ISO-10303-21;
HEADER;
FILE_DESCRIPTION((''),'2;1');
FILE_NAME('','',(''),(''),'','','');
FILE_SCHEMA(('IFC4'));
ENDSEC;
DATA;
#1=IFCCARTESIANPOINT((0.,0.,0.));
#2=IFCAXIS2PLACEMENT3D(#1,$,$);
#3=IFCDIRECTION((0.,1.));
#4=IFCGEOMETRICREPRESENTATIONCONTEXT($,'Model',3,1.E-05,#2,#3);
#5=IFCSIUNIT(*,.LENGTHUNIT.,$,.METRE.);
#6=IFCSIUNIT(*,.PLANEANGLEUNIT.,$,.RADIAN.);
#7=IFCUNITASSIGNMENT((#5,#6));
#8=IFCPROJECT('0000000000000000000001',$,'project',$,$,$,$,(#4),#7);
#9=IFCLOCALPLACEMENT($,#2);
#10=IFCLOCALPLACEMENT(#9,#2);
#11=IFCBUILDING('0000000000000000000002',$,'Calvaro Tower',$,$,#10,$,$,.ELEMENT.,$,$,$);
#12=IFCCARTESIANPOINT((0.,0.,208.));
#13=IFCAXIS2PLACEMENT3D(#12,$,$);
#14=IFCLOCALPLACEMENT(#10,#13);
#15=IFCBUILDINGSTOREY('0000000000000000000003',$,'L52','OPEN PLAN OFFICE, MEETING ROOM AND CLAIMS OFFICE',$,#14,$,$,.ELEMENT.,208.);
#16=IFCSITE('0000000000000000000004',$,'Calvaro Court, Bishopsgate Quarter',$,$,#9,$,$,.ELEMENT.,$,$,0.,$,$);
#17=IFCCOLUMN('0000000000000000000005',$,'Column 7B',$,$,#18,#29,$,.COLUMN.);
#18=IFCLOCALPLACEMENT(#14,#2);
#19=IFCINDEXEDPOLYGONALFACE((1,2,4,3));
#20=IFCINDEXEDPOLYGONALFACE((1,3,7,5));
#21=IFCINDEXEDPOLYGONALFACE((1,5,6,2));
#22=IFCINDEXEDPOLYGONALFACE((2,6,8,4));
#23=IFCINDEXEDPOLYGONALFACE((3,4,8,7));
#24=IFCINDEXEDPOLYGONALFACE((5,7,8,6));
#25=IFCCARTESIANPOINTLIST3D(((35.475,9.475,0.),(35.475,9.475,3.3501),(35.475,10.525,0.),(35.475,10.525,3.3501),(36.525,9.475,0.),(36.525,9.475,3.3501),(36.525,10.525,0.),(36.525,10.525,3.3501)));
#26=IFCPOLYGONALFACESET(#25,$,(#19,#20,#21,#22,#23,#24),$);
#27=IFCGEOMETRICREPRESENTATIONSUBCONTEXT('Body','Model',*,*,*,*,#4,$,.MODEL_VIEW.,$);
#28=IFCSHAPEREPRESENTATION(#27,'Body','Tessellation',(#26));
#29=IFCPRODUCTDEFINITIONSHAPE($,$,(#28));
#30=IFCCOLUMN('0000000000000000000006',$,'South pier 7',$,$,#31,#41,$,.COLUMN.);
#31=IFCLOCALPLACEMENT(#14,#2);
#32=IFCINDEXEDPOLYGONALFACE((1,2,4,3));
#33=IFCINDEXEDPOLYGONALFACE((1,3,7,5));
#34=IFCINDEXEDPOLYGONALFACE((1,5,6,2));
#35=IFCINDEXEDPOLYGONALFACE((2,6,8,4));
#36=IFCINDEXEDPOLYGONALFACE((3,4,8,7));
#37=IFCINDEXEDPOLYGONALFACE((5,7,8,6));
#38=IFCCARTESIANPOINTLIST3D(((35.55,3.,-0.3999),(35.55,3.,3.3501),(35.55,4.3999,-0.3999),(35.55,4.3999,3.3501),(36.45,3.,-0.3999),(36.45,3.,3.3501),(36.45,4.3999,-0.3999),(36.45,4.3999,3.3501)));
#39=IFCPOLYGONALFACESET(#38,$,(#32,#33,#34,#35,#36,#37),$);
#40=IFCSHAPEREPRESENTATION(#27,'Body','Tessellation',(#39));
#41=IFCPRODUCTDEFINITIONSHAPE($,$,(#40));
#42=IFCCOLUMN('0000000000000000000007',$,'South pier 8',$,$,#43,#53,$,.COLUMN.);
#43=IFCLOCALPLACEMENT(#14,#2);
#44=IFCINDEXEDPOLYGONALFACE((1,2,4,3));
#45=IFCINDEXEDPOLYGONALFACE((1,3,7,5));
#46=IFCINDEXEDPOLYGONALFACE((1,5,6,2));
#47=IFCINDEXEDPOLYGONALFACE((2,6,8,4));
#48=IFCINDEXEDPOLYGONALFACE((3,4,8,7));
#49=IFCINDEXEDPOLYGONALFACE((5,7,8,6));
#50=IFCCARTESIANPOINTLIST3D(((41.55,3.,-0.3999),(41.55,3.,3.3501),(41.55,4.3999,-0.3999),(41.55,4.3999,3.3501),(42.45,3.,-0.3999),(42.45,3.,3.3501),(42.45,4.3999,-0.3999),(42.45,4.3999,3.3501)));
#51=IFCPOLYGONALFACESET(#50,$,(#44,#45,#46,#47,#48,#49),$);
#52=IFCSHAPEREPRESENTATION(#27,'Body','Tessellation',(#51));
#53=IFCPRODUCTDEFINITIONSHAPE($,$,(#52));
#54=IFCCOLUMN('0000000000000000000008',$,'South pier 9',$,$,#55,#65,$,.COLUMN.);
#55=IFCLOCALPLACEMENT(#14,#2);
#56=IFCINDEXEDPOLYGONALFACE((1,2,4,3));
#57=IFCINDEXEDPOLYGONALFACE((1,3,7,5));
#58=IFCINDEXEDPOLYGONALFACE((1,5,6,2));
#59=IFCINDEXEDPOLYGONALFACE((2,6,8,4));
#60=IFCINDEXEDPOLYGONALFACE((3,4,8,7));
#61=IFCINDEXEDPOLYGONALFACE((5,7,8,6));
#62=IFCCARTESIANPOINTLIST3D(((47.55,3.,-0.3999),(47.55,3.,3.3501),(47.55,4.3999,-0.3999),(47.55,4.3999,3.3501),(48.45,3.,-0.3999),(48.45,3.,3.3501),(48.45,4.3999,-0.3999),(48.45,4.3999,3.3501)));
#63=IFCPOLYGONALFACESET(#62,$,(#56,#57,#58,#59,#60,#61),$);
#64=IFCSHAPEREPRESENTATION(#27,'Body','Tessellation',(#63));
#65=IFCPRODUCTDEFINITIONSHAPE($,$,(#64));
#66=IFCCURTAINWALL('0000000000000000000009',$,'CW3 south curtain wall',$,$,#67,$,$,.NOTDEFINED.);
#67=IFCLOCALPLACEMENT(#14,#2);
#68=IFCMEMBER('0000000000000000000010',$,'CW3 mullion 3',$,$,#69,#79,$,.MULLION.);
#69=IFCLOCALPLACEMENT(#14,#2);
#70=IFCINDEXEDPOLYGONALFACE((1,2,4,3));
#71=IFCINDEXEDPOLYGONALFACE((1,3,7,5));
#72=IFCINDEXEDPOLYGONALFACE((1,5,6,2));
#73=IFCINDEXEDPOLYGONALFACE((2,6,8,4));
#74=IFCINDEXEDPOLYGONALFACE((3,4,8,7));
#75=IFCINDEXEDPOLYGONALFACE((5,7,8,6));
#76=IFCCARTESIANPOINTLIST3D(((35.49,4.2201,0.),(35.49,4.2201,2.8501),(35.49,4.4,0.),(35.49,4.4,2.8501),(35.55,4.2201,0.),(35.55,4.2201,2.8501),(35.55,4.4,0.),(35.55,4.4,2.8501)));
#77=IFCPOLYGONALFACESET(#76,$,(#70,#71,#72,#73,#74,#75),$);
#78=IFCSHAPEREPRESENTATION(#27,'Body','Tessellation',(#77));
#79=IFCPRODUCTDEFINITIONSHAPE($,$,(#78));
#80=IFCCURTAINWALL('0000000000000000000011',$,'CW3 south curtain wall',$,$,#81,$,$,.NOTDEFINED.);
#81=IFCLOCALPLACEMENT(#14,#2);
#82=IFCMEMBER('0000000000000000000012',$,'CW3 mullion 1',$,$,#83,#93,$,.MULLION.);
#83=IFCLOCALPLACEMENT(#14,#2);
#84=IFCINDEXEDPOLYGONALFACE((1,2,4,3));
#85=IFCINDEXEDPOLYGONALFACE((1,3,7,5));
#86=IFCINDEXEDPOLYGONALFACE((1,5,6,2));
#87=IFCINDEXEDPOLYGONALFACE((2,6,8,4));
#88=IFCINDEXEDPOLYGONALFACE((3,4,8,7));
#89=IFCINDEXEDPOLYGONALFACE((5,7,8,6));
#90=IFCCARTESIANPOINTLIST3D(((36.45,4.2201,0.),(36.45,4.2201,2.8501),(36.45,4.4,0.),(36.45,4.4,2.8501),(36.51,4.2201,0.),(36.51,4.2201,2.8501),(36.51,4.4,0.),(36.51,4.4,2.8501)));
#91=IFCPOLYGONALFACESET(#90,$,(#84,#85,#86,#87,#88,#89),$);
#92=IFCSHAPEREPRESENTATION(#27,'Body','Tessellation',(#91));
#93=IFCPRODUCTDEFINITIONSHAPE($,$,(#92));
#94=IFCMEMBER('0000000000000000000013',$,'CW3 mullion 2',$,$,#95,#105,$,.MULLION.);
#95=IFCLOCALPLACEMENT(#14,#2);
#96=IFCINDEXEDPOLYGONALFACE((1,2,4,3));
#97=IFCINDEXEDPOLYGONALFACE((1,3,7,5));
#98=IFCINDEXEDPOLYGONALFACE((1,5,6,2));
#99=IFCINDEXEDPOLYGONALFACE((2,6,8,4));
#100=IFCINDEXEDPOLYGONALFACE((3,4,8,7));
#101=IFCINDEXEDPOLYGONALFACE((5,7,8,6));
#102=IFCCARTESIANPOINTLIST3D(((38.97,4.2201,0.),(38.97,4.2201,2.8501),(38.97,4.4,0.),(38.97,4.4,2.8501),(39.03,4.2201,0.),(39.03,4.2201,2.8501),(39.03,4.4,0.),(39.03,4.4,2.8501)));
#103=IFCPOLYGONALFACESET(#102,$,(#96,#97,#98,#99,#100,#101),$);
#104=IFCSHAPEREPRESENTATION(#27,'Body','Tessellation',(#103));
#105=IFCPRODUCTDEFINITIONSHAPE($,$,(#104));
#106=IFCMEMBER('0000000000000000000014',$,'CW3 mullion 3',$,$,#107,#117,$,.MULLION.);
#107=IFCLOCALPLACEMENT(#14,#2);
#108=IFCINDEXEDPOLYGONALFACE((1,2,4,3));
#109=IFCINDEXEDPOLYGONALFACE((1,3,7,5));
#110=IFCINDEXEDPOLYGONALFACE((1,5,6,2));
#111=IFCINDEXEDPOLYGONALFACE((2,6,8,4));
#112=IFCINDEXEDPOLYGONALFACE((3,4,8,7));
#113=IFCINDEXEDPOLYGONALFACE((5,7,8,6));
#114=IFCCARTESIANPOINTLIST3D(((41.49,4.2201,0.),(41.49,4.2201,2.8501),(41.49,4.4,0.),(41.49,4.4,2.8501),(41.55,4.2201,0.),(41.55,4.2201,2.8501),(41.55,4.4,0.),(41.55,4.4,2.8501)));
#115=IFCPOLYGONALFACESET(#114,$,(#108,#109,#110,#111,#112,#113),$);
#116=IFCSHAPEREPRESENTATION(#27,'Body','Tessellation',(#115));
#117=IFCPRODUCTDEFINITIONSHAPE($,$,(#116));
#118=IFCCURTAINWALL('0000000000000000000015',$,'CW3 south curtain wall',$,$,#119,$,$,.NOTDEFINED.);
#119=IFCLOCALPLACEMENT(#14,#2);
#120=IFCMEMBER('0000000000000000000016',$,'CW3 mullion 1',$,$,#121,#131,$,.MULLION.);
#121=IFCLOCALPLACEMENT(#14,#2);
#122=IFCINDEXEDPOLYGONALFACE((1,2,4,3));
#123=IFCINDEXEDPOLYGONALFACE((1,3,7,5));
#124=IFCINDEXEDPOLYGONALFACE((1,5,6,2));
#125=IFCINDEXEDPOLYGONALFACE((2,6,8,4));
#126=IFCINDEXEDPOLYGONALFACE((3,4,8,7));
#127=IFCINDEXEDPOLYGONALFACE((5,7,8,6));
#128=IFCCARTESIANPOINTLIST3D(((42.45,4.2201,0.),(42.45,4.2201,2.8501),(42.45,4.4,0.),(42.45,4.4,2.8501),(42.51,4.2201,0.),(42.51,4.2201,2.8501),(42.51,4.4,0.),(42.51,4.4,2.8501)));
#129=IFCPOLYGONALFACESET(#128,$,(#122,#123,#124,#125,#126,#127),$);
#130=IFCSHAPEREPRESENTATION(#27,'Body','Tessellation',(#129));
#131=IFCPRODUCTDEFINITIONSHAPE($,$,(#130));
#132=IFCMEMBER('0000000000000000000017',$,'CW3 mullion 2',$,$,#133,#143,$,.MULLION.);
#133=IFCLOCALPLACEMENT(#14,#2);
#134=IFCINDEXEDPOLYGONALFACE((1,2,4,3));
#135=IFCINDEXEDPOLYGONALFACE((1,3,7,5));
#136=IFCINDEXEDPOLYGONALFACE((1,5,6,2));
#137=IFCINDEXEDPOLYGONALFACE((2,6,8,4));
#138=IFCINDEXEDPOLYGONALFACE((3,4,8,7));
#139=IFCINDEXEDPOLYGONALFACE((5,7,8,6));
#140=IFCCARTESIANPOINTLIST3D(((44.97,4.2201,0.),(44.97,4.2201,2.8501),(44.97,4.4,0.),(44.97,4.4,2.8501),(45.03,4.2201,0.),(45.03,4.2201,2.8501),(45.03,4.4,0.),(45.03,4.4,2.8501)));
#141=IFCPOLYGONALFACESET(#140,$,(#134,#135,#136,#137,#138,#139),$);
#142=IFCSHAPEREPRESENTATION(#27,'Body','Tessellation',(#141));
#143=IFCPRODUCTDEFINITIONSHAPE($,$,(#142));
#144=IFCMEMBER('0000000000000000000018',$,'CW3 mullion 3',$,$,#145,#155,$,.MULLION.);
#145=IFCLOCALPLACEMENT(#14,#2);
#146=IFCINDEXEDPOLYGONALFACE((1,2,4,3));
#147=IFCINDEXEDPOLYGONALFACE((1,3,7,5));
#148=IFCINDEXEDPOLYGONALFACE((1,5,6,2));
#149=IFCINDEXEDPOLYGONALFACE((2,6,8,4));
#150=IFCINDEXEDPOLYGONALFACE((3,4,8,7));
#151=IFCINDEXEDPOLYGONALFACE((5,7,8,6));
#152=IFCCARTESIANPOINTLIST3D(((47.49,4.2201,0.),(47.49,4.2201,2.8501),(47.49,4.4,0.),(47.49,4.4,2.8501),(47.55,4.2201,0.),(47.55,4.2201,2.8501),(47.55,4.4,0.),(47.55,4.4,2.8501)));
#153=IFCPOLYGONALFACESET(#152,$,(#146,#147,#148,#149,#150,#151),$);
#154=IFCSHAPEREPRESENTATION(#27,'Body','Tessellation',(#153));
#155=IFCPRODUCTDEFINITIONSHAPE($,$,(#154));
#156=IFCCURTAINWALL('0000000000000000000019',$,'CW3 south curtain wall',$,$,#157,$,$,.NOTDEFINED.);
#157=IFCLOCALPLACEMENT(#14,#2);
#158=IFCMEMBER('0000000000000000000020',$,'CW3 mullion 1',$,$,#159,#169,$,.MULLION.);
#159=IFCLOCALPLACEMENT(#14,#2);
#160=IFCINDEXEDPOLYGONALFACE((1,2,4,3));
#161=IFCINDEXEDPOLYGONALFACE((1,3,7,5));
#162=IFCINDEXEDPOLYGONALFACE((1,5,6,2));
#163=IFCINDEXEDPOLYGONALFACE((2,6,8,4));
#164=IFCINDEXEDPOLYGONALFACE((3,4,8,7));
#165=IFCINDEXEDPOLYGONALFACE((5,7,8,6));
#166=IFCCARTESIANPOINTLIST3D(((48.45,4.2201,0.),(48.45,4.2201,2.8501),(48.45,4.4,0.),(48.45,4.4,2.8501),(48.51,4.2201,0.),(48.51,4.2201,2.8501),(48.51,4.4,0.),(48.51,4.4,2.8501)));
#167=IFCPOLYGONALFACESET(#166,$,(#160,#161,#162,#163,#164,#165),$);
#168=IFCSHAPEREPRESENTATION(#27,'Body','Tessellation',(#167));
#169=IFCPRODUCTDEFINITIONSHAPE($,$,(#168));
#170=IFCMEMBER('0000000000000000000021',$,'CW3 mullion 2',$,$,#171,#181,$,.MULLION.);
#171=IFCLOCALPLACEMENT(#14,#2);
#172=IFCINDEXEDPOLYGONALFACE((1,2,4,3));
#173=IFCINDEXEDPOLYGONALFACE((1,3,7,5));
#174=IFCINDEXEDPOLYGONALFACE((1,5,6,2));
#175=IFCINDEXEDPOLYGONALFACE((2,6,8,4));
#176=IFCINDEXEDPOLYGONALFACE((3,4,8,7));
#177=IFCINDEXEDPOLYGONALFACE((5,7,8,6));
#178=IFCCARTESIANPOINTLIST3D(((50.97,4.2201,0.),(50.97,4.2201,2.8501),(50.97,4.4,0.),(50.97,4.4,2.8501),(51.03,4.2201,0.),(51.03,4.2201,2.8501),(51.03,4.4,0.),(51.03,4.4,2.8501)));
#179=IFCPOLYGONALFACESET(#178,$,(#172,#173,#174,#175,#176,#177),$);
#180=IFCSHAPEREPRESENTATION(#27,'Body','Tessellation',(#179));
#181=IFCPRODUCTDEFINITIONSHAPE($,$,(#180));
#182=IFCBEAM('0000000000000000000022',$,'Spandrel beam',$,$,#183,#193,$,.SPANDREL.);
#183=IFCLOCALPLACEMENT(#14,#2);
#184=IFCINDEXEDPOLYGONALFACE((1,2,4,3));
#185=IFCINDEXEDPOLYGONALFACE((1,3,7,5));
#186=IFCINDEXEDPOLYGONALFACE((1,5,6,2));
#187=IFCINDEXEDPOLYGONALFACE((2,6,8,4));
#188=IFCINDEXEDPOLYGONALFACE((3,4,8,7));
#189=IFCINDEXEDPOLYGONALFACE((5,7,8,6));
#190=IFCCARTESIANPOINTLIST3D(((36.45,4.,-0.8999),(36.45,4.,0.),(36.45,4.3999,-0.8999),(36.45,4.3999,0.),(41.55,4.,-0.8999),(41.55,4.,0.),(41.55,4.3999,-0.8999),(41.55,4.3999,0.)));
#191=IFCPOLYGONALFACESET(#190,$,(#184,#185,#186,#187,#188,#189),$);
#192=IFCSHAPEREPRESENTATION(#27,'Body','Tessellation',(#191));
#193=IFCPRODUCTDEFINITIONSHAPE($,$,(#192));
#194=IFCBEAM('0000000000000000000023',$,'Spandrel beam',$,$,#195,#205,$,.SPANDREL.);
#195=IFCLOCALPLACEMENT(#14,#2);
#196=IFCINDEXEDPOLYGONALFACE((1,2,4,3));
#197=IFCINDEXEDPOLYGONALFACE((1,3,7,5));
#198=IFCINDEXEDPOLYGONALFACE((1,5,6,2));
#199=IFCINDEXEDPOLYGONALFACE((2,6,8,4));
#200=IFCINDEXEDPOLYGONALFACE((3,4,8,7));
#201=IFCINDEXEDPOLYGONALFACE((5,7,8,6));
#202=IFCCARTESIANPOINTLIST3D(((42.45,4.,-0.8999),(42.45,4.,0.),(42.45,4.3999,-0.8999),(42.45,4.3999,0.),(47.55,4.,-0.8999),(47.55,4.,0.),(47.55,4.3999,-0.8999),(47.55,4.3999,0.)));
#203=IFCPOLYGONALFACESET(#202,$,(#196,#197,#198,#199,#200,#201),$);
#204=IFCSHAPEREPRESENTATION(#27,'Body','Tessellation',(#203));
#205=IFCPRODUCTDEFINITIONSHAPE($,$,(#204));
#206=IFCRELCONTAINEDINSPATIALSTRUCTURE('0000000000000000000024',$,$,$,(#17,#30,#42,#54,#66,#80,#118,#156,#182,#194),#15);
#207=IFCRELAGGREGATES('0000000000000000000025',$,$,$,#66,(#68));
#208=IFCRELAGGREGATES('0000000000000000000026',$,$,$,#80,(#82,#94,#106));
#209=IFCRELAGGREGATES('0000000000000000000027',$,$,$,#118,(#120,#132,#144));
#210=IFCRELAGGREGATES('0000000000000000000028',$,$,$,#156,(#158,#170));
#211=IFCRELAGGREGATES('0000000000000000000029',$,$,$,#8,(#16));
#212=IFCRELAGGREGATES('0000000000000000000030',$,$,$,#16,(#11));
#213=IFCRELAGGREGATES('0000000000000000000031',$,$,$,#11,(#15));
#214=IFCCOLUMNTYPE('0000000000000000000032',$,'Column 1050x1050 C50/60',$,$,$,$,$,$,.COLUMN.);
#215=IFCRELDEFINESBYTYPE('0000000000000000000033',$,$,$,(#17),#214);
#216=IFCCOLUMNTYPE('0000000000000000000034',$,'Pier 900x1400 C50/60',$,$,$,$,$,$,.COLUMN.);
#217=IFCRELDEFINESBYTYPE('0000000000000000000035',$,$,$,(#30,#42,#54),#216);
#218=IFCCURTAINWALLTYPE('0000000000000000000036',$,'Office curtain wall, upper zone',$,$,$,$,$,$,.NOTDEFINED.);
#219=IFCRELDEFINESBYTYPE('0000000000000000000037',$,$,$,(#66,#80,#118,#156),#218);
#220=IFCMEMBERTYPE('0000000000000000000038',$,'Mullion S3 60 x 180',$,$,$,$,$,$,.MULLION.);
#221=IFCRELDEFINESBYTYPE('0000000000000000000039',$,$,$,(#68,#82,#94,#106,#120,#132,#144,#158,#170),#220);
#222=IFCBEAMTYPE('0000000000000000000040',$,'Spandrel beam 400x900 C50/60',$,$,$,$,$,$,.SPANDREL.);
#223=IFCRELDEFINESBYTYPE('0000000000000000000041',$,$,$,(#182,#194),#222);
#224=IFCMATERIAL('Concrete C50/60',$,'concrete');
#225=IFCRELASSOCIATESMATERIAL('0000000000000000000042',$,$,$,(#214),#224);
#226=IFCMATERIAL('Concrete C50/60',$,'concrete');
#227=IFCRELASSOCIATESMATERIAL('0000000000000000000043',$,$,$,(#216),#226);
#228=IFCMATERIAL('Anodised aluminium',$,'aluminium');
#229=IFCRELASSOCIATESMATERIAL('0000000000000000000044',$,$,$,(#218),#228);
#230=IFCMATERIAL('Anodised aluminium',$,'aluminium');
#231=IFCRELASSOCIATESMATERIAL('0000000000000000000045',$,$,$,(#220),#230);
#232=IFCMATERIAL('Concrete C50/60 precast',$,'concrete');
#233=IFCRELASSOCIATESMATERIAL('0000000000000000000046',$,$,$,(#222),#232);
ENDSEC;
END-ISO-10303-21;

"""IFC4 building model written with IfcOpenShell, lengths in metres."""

from ifc_helpers import new_model, si_unit, direction, frame, origin, origin_2d, place, context, subcontext, project, spatial, rectangle, extrude, material, material_profile, profile_set, type_object, element, aggregate, save


model = new_model("IFC4")

# Units and contexts
model_context = context("Model", 3, precision=1e-05, world=origin(), true_north=direction((0.0, 1.0)))
body_context = subcontext(model_context, "Body", "Model", "MODEL_VIEW")
ifc_project = project(units=[si_unit("LENGTHUNIT", "METRE"), si_unit("PLANEANGLEUNIT", "RADIAN")], contexts=[model_context])

# Site, building, storey
site_placement = place(None, origin())
site = spatial("IfcSite", under=ifc_project, at=site_placement, Name="Calvaro Court, Bishopsgate Quarter", CompositionType="ELEMENT", RefElevation=0.0)
building_placement = place(site_placement, origin())
building = spatial("IfcBuilding", under=site, at=building_placement, Name="Calvaro Tower", CompositionType="ELEMENT")
storey_placement = place(building_placement, frame((0.0, 0.0, 208.0)))
storey = spatial("IfcBuildingStorey", under=building, at=storey_placement, Name="L52", Description="OPEN PLAN OFFICE, MEETING ROOM AND CLAIMS OFFICE", CompositionType="ELEMENT", Elevation=208.0)

# Columns
ifc_material_1 = material(Name="Concrete C50/60", Category="concrete")
ifc_material_profile_1 = material_profile(ifc_material_1, rectangle(XDim=1.05, YDim=1.05, at=origin_2d()), Name="RC 1050x1050")
ifc_profile_set_1 = profile_set([ifc_material_profile_1], Name="Concrete C50/60")
column_type_1 = type_object("IfcColumnType", Name="Column 1050x1050 C50/60", PredefinedType="COLUMN", material=ifc_profile_set_1)
column_placement = place(storey_placement, frame((36.0, 10.0, 0.0), z_axis=(0.0, 0.0, 1.0), x_axis=(1.0, 0.0, 0.0)))
element("IfcColumn", 1, at=column_placement, inside=storey, type_object=column_type_1, Name="Column 7B", PredefinedType="COLUMN", context=body_context, shape_type="SweptSolid", body=[
    extrude(rectangle(XDim=1.05, YDim=1.05, at=origin_2d()), origin(), (0.0, 0.0, 1.0), 3.3501),
])
ifc_material_2 = material(Name="Concrete C50/60", Category="concrete")
ifc_material_profile_2 = material_profile(ifc_material_2, rectangle(XDim=0.8999, YDim=1.3999, at=origin_2d()), Name="RC 900x1400")
ifc_profile_set_2 = profile_set([ifc_material_profile_2], Name="Concrete C50/60")
column_type_2 = type_object("IfcColumnType", Name="Pier 900x1400 C50/60", PredefinedType="COLUMN", material=ifc_profile_set_2)
for number, where, z_axis, x_axis, name in (
    (2, (36.0, 3.7, -0.3999), (0.0, 0.0, 1.0), (1.0, 0.0, 0.0), "South pier 7"),
    (3, (42.0, 3.7, -0.3999), (0.0, 0.0, 1.0), (1.0, 0.0, 0.0), "South pier 8"),
    (4, (48.0, 3.7, -0.3999), (0.0, 0.0, 1.0), (1.0, 0.0, 0.0), "South pier 9"),
):
    element("IfcColumn", number, at=place(storey_placement, frame(where, z_axis=z_axis, x_axis=x_axis)), inside=storey, type_object=column_type_2, Name=name, PredefinedType="COLUMN", context=body_context, shape_type="SweptSolid", body=[
        extrude(rectangle(XDim=0.8999, YDim=1.3999, at=origin_2d()), origin(), (0.0, 0.0, 1.0), 3.75),
    ])

# Curtain wall, member
ifc_material_3 = material(Name="Anodised aluminium", Category="aluminium")
curtain_wall_type = type_object("IfcCurtainWallType", Name="Office curtain wall, upper zone", PredefinedType="NOTDEFINED", material=ifc_material_3)
curtain_wall_1_placement = place(storey_placement, origin())
curtain_wall_1 = element("IfcCurtainWall", 5, at=curtain_wall_1_placement, inside=storey, type_object=curtain_wall_type, Name="CW3 south curtain wall", PredefinedType="NOTDEFINED")
ifc_material_4 = material(Name="Anodised aluminium", Category="aluminium")
ifc_material_profile_3 = material_profile(ifc_material_4, rectangle(XDim=0.1799, YDim=0.0601, at=origin_2d()), Name="Mullion S3 60 x 180")
ifc_profile_set_3 = profile_set([ifc_material_profile_3], Name="Anodised aluminium")
member_type_1 = type_object("IfcMemberType", Name="Mullion S3 60 x 180", PredefinedType="MULLION", material=ifc_profile_set_3)
member_1_placement = place(storey_placement, frame((35.52, 4.3101, 0.0), z_axis=(0.0, 0.0, 1.0), x_axis=(0.0, 1.0, 0.0)))
member_1 = element("IfcMember", 6, at=member_1_placement, type_object=member_type_1, Name="CW3 mullion 3", PredefinedType="MULLION", context=body_context, shape_type="SweptSolid", body=[
    extrude(rectangle(XDim=0.1799, YDim=0.0601, at=origin_2d()), origin(), (0.0, 0.0, 1.0), 2.8501),
])
aggregate(curtain_wall_1, [member_1])

# Curtain walls, members
curtain_wall_2_placement = place(storey_placement, origin())
curtain_wall_2 = element("IfcCurtainWall", 7, at=curtain_wall_2_placement, inside=storey, type_object=curtain_wall_type, Name="CW3 south curtain wall", PredefinedType="NOTDEFINED")
member_2_placement = place(storey_placement, frame((36.48, 4.3101, 0.0), z_axis=(0.0, 0.0, 1.0), x_axis=(0.0, 1.0, 0.0)))
member_2 = element("IfcMember", 8, at=member_2_placement, type_object=member_type_1, Name="CW3 mullion 1", PredefinedType="MULLION", context=body_context, shape_type="SweptSolid", body=[
    extrude(rectangle(XDim=0.1799, YDim=0.0601, at=origin_2d()), origin(), (0.0, 0.0, 1.0), 2.8501),
])
member_3_placement = place(storey_placement, frame((39.0, 4.3101, 0.0), z_axis=(0.0, 0.0, 1.0), x_axis=(0.0, 1.0, 0.0)))
member_3 = element("IfcMember", 9, at=member_3_placement, type_object=member_type_1, Name="CW3 mullion 2", PredefinedType="MULLION", context=body_context, shape_type="SweptSolid", body=[
    extrude(rectangle(XDim=0.1799, YDim=0.0601, at=origin_2d()), origin(), (0.0, 0.0, 1.0), 2.8501),
])
member_4_placement = place(storey_placement, frame((41.52, 4.3101, 0.0), z_axis=(0.0, 0.0, 1.0), x_axis=(0.0, 1.0, 0.0)))
member_4 = element("IfcMember", 10, at=member_4_placement, type_object=member_type_1, Name="CW3 mullion 3", PredefinedType="MULLION", context=body_context, shape_type="SweptSolid", body=[
    extrude(rectangle(XDim=0.1799, YDim=0.0601, at=origin_2d()), origin(), (0.0, 0.0, 1.0), 2.8501),
])
curtain_wall_3_placement = place(storey_placement, origin())
curtain_wall_3 = element("IfcCurtainWall", 11, at=curtain_wall_3_placement, inside=storey, type_object=curtain_wall_type, Name="CW3 south curtain wall", PredefinedType="NOTDEFINED")
member_5_placement = place(storey_placement, frame((42.48, 4.3101, 0.0), z_axis=(0.0, 0.0, 1.0), x_axis=(0.0, 1.0, 0.0)))
member_5 = element("IfcMember", 12, at=member_5_placement, type_object=member_type_1, Name="CW3 mullion 1", PredefinedType="MULLION", context=body_context, shape_type="SweptSolid", body=[
    extrude(rectangle(XDim=0.1799, YDim=0.0601, at=origin_2d()), origin(), (0.0, 0.0, 1.0), 2.8501),
])
member_6_placement = place(storey_placement, frame((45.0, 4.3101, 0.0), z_axis=(0.0, 0.0, 1.0), x_axis=(0.0, 1.0, 0.0)))
member_6 = element("IfcMember", 13, at=member_6_placement, type_object=member_type_1, Name="CW3 mullion 2", PredefinedType="MULLION", context=body_context, shape_type="SweptSolid", body=[
    extrude(rectangle(XDim=0.1799, YDim=0.0601, at=origin_2d()), origin(), (0.0, 0.0, 1.0), 2.8501),
])
member_7_placement = place(storey_placement, frame((47.52, 4.3101, 0.0), z_axis=(0.0, 0.0, 1.0), x_axis=(0.0, 1.0, 0.0)))
member_7 = element("IfcMember", 14, at=member_7_placement, type_object=member_type_1, Name="CW3 mullion 3", PredefinedType="MULLION", context=body_context, shape_type="SweptSolid", body=[
    extrude(rectangle(XDim=0.1799, YDim=0.0601, at=origin_2d()), origin(), (0.0, 0.0, 1.0), 2.8501),
])
curtain_wall_4_placement = place(storey_placement, origin())
curtain_wall_4 = element("IfcCurtainWall", 15, at=curtain_wall_4_placement, inside=storey, type_object=curtain_wall_type, Name="CW3 south curtain wall", PredefinedType="NOTDEFINED")
member_8_placement = place(storey_placement, frame((48.48, 4.3101, 0.0), z_axis=(0.0, 0.0, 1.0), x_axis=(0.0, 1.0, 0.0)))
member_8 = element("IfcMember", 16, at=member_8_placement, type_object=member_type_1, Name="CW3 mullion 1", PredefinedType="MULLION", context=body_context, shape_type="SweptSolid", body=[
    extrude(rectangle(XDim=0.1799, YDim=0.0601, at=origin_2d()), origin(), (0.0, 0.0, 1.0), 2.8501),
])
member_9_placement = place(storey_placement, frame((51.0, 4.3101, 0.0), z_axis=(0.0, 0.0, 1.0), x_axis=(0.0, 1.0, 0.0)))
member_9 = element("IfcMember", 17, at=member_9_placement, type_object=member_type_1, Name="CW3 mullion 2", PredefinedType="MULLION", context=body_context, shape_type="SweptSolid", body=[
    extrude(rectangle(XDim=0.1799, YDim=0.0601, at=origin_2d()), origin(), (0.0, 0.0, 1.0), 2.8501),
])

# Beams
ifc_material_5 = material(Name="Concrete C50/60 precast", Category="concrete")
ifc_material_profile_4 = material_profile(ifc_material_5, rectangle(XDim=0.3999, YDim=0.8999, at=origin_2d()), Name="RC 400x900")
ifc_profile_set_4 = profile_set([ifc_material_profile_4], Name="Concrete C50/60 precast")
beam_type = type_object("IfcBeamType", Name="Spandrel beam 400x900 C50/60", PredefinedType="SPANDREL", material=ifc_profile_set_4)
for number, where, z_axis, x_axis, name in (
    (18, (36.45, 4.2, -0.45), (1.0, 0.0, 0.0), (0.0, 1.0, 0.0), "Spandrel beam"),
    (19, (42.45, 4.2, -0.45), (1.0, 0.0, 0.0), (0.0, 1.0, 0.0), "Spandrel beam"),
):
    element("IfcBeam", number, at=place(storey_placement, frame(where, z_axis=z_axis, x_axis=x_axis)), inside=storey, type_object=beam_type, Name=name, PredefinedType="SPANDREL", context=body_context, shape_type="SweptSolid", body=[
        extrude(rectangle(XDim=0.3999, YDim=0.8999, at=origin_2d()), origin(), (0.0, 0.0, 1.0), 5.1001),
    ])

aggregate(curtain_wall_2, [member_2, member_3, member_4])
aggregate(curtain_wall_3, [member_5, member_6, member_7])
aggregate(curtain_wall_4, [member_8, member_9])

save(model, "model.ifc")
